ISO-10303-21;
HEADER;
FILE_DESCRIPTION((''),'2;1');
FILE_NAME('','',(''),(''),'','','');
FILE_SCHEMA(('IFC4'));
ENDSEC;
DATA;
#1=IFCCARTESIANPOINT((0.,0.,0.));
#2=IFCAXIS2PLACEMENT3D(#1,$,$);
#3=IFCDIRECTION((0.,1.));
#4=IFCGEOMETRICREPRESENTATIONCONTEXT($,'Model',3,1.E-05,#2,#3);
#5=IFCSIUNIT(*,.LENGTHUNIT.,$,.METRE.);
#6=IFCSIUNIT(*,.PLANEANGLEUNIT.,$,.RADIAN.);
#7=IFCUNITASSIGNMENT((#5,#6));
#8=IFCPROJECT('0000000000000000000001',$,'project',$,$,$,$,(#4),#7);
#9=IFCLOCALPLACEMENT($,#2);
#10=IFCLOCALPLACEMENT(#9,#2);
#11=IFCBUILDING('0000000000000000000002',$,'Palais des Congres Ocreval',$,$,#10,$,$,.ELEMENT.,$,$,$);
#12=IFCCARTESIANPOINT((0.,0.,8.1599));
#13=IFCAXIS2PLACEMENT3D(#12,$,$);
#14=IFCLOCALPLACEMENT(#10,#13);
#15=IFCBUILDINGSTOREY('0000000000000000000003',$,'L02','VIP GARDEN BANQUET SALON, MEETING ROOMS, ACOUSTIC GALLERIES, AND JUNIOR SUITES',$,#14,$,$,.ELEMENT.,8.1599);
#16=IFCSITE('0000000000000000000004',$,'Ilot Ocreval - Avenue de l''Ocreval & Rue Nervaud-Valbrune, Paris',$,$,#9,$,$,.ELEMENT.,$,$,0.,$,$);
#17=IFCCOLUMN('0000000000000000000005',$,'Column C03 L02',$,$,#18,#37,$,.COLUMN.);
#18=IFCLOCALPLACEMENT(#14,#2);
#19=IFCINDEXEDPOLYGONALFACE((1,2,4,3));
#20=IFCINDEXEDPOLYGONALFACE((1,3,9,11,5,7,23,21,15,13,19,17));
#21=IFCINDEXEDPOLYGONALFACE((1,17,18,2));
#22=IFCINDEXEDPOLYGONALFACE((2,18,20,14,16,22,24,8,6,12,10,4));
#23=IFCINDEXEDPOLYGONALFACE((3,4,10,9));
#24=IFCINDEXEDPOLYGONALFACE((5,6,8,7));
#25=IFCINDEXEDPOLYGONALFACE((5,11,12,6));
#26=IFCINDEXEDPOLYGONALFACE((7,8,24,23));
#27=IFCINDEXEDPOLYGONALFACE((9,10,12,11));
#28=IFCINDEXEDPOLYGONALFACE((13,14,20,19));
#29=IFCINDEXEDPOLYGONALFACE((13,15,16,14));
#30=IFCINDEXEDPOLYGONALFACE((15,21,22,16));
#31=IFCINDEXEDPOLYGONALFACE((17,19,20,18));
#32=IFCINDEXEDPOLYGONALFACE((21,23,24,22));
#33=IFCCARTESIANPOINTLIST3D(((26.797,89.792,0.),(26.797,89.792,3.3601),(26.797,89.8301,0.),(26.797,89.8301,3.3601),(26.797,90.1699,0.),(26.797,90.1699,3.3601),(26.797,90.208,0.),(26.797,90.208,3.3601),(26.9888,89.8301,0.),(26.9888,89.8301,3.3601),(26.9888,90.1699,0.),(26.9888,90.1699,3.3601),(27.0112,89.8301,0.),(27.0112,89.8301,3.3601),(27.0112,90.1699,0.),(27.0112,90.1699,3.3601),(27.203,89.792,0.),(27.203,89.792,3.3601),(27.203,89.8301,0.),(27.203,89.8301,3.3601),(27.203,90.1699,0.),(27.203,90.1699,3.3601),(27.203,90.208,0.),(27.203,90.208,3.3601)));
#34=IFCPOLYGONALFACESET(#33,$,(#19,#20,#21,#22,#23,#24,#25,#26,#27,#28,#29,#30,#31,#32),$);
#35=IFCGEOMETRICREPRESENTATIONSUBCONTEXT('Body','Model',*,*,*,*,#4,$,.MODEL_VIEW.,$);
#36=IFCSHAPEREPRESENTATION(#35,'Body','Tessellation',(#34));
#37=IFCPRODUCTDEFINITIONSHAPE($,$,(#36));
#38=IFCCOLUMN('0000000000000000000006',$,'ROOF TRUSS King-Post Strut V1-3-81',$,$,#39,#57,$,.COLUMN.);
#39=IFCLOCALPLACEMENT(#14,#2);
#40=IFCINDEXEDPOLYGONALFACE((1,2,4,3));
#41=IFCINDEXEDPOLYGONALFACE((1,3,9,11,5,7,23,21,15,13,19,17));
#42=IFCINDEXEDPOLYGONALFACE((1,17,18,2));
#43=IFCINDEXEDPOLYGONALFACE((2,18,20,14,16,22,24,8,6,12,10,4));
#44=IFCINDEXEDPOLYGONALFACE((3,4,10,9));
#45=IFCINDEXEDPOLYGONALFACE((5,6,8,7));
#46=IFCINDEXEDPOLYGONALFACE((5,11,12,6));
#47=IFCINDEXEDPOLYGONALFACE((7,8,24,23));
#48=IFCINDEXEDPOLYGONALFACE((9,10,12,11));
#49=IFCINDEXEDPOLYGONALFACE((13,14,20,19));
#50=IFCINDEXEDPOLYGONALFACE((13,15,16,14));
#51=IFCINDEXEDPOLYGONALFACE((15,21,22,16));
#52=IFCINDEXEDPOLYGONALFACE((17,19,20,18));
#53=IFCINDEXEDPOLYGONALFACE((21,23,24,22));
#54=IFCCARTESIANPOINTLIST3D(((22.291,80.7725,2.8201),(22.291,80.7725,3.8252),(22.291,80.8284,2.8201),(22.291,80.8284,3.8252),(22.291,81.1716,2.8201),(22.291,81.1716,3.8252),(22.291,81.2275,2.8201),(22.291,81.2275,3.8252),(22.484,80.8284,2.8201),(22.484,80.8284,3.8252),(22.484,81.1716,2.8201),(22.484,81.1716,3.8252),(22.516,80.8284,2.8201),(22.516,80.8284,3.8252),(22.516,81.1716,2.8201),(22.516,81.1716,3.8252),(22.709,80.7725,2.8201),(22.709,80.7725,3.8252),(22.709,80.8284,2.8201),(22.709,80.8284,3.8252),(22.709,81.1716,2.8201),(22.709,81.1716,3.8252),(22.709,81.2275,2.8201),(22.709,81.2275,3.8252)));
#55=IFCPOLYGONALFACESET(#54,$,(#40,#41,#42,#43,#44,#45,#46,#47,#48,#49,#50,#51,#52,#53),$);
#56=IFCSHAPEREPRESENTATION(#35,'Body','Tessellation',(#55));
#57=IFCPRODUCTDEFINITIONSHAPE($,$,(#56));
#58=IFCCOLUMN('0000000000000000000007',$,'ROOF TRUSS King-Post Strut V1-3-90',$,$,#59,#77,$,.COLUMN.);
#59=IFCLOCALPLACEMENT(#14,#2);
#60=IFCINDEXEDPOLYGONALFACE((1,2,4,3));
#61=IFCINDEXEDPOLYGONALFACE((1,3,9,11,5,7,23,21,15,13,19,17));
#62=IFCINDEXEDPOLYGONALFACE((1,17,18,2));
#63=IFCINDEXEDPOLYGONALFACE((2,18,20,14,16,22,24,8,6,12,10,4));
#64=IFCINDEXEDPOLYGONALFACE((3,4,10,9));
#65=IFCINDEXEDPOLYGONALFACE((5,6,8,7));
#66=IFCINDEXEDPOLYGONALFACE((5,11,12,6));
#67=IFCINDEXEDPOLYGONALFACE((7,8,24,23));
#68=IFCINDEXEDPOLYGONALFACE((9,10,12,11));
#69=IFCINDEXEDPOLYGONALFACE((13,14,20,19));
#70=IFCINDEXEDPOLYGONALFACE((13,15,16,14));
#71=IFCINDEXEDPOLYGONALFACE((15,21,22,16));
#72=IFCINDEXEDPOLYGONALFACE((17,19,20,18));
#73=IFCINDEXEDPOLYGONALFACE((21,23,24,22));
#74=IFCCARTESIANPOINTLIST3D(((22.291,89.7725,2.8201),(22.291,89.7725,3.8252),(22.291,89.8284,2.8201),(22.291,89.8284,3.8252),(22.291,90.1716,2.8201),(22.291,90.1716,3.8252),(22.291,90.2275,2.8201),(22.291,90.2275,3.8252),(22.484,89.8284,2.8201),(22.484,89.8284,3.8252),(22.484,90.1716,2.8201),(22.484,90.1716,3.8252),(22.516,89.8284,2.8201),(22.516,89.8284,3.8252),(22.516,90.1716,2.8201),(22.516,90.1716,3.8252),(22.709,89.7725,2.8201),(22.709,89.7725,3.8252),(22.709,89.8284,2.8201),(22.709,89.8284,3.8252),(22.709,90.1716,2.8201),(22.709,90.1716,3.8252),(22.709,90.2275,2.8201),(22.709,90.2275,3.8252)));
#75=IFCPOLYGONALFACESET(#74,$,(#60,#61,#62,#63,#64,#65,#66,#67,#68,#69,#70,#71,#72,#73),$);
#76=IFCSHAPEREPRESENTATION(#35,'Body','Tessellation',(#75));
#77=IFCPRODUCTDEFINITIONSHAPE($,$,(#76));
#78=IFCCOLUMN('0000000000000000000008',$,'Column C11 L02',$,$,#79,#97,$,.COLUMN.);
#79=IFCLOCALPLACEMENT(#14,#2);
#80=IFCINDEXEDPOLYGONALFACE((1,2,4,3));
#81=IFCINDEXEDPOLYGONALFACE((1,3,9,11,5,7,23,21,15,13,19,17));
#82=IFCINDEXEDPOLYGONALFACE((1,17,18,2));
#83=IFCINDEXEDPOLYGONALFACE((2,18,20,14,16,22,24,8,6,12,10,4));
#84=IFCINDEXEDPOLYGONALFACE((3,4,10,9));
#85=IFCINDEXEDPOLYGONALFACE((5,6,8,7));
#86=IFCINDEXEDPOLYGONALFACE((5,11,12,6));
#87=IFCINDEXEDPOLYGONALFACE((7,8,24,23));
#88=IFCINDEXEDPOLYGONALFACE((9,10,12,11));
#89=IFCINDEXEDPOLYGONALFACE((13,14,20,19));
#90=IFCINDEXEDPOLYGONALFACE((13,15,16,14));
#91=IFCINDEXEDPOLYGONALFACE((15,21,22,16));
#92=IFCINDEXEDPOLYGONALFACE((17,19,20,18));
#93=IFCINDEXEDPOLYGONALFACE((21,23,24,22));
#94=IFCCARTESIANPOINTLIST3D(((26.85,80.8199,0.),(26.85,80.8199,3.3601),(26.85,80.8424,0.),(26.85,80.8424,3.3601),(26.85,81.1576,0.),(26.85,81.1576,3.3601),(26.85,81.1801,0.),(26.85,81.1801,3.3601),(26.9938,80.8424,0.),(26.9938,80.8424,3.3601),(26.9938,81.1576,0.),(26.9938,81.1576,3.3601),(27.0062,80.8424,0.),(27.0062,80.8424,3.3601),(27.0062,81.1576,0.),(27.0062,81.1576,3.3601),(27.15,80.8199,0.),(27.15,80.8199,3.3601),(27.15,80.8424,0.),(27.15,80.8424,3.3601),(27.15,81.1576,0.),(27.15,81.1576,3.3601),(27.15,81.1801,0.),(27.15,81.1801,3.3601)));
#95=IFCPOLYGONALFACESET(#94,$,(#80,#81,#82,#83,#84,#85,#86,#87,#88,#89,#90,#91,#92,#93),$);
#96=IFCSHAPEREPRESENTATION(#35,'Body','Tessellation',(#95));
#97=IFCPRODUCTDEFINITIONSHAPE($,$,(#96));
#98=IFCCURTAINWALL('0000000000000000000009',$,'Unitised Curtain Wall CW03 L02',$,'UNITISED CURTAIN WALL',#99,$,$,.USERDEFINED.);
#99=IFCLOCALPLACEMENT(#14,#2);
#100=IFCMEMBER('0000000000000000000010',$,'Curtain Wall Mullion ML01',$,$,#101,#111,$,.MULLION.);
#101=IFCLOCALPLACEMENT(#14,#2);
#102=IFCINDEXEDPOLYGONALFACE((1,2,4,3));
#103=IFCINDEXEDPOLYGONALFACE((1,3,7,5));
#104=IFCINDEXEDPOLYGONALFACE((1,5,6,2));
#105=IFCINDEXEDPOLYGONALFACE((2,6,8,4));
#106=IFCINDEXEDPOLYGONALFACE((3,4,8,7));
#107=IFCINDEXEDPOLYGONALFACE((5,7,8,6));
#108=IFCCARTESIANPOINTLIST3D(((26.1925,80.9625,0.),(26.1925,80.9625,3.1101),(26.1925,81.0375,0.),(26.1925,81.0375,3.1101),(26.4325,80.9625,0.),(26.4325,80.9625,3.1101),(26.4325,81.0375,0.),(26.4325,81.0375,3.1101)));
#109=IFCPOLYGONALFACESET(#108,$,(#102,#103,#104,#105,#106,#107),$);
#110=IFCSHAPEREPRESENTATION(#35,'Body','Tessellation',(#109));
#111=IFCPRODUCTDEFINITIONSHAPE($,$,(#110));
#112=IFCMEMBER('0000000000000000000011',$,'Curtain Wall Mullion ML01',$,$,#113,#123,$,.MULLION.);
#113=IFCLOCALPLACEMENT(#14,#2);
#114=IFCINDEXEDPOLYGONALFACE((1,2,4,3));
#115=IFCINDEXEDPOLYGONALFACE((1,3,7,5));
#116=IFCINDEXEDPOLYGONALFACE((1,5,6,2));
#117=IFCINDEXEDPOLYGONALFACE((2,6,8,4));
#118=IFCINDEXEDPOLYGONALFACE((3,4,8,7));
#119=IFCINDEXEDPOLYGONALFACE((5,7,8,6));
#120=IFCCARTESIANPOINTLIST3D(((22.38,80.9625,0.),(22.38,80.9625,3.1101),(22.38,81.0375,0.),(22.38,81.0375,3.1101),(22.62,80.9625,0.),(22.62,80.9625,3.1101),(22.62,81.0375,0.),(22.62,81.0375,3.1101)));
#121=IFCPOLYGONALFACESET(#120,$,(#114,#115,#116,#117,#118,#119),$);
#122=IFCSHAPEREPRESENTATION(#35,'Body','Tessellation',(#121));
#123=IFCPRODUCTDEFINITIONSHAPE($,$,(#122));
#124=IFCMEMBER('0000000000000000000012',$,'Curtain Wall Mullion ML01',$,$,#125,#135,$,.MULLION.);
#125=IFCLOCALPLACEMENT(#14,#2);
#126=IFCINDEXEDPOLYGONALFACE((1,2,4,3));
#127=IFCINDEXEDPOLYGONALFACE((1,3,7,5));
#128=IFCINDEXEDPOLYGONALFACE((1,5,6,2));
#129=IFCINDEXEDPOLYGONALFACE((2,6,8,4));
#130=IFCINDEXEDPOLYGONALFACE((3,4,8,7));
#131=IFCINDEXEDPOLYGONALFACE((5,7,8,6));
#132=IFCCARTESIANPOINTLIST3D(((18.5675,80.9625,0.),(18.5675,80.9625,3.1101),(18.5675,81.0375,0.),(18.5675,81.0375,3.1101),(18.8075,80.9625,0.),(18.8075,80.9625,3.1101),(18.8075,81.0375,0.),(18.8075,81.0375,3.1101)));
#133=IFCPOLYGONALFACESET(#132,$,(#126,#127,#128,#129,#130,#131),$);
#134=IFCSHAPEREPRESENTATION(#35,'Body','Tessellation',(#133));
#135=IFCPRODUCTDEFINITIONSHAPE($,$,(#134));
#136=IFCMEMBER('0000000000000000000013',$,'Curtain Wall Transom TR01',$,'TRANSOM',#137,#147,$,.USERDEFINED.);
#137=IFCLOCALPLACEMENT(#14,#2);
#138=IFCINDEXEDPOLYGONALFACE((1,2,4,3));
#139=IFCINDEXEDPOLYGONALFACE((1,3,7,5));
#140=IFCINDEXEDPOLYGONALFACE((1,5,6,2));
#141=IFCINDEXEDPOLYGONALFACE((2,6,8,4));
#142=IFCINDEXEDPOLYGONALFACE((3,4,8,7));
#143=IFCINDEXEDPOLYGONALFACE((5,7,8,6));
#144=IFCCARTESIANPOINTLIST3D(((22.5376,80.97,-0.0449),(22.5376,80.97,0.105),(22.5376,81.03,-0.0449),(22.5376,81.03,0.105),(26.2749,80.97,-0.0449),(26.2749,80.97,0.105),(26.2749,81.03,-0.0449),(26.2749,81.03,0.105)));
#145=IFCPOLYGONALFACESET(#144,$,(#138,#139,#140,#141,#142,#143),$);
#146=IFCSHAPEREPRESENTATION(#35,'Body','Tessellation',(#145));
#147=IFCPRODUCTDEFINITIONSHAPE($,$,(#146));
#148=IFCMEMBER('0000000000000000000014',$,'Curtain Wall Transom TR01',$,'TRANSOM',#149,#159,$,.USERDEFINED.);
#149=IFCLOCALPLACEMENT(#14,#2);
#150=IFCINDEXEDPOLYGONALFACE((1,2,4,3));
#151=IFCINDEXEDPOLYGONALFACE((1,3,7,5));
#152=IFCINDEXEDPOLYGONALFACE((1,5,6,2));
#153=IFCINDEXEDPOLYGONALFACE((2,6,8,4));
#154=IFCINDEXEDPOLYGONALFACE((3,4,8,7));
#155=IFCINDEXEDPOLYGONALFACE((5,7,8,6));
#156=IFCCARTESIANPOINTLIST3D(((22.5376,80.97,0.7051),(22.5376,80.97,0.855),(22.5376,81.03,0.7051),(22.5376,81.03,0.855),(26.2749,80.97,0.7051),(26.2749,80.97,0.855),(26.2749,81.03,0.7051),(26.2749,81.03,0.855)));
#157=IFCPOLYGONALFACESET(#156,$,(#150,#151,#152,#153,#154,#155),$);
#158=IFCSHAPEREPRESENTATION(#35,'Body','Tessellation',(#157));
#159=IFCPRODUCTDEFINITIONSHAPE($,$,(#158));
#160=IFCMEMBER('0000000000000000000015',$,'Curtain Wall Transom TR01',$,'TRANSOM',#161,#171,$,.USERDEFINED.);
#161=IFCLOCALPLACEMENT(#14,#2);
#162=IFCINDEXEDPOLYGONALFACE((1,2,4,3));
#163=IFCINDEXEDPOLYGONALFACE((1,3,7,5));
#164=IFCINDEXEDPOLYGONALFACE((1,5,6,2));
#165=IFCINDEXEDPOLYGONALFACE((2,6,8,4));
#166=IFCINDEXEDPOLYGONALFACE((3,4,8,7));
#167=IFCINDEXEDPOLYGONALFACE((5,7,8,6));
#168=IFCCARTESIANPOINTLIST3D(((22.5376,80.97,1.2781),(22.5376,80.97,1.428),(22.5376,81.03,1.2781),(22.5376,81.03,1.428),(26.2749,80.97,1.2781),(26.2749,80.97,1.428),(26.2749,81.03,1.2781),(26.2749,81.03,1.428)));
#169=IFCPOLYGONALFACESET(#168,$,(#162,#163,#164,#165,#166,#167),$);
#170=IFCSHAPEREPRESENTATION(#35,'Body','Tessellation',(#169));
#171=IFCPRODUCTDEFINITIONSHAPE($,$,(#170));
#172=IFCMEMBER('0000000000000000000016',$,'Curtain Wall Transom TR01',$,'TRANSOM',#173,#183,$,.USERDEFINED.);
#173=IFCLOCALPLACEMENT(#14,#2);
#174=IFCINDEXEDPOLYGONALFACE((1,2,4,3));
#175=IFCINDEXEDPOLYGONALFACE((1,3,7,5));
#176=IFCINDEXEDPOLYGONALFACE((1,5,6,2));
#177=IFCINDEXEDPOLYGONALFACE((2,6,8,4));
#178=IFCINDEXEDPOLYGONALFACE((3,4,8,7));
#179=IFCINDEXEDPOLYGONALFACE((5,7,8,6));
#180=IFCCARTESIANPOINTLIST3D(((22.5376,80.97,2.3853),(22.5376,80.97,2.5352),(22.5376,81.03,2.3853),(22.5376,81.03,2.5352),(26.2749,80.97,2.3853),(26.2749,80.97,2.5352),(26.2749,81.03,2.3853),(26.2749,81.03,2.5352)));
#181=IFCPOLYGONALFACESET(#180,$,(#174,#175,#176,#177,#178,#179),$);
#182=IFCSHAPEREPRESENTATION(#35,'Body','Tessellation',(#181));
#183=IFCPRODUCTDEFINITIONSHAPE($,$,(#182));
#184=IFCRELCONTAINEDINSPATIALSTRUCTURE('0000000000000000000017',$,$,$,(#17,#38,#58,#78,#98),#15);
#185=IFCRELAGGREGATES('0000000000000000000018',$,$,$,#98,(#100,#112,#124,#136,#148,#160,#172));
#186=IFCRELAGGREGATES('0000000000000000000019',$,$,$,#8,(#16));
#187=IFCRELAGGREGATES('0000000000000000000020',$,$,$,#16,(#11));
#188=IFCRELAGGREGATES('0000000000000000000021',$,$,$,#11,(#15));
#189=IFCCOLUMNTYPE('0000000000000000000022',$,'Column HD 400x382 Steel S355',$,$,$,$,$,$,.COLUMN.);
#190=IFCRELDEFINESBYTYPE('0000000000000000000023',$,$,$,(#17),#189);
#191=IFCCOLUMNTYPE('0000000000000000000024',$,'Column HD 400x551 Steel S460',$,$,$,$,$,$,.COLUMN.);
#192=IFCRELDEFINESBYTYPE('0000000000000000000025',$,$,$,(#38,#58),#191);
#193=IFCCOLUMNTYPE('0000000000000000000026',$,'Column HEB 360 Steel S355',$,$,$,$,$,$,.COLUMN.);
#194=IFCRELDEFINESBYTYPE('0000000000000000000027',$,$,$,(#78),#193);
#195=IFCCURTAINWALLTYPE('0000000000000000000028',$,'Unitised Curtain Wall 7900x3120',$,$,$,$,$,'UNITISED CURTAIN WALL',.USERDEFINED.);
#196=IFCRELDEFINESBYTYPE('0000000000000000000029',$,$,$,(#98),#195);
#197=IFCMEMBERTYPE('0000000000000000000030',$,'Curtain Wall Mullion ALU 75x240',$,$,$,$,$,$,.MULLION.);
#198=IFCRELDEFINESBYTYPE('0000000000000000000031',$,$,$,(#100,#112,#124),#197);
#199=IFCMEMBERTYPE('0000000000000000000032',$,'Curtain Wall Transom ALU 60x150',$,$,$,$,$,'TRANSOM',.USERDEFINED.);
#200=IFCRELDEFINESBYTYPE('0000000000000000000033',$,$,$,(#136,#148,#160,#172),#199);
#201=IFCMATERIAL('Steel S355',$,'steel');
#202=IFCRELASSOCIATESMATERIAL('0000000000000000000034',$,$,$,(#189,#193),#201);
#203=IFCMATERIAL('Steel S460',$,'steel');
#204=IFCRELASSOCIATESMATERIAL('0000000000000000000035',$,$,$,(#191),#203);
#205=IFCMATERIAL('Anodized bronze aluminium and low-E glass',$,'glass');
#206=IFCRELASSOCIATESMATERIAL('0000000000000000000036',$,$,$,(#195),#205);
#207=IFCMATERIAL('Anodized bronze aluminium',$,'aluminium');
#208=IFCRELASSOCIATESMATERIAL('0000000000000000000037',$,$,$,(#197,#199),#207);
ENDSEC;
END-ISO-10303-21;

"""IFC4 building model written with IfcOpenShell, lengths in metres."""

from ifc_helpers import new_model, si_unit, direction, frame, origin, origin_2d, place, context, subcontext, project, spatial, rectangle, i_section, extrude, material, material_profile, profile_set, type_object, element, aggregate, save


model = new_model("IFC4")

# Units and contexts
model_context = context("Model", 3, precision=1e-05, world=origin(), true_north=direction((0.0, 1.0)))
body_context = subcontext(model_context, "Body", "Model", "MODEL_VIEW")
ifc_project = project(units=[si_unit("LENGTHUNIT", "METRE"), si_unit("PLANEANGLEUNIT", "RADIAN")], contexts=[model_context])

# Site, building, storey
site_placement = place(None, origin())
site = spatial("IfcSite", under=ifc_project, at=site_placement, Name="Ilot Ocreval - Avenue de l'Ocreval & Rue Nervaud-Valbrune, Paris", CompositionType="ELEMENT", RefElevation=0.0)
building_placement = place(site_placement, origin())
building = spatial("IfcBuilding", under=site, at=building_placement, Name="Palais des Congres Ocreval", CompositionType="ELEMENT")
storey_placement = place(building_placement, frame((0.0, 0.0, 8.1599)))
storey = spatial("IfcBuildingStorey", under=building, at=storey_placement, Name="L02", Description="VIP GARDEN BANQUET SALON, MEETING ROOMS, ACOUSTIC GALLERIES, AND JUNIOR SUITES", CompositionType="ELEMENT", Elevation=8.1599)

# Columns
ifc_material_1 = material(Name="Steel S355", Category="steel")
ifc_material_profile_1 = material_profile(ifc_material_1, i_section(OverallWidth=0.406, OverallDepth=0.416, WebThickness=0.0225, FlangeThickness=0.0381, at=origin_2d()), Name="HD 400x382")
ifc_profile_set_1 = profile_set([ifc_material_profile_1], Name="Steel S355")
column_type_1 = type_object("IfcColumnType", Name="Column HD 400x382 Steel S355", PredefinedType="COLUMN", material=ifc_profile_set_1)
column_1_placement = place(storey_placement, frame((27.0, 90.0, 0.0), z_axis=(0.0, 0.0, 1.0), x_axis=(1.0, 0.0, 0.0)))
element("IfcColumn", 1, at=column_1_placement, inside=storey, type_object=column_type_1, Name="Column C03 L02", PredefinedType="COLUMN", context=body_context, shape_type="SweptSolid", body=[
    extrude(i_section(OverallWidth=0.406, OverallDepth=0.416, WebThickness=0.0225, FlangeThickness=0.0381, at=origin_2d()), origin(), (0.0, 0.0, 1.0), 3.3601),
])
ifc_material_2 = material(Name="Steel S460", Category="steel")
ifc_material_profile_2 = material_profile(ifc_material_2, i_section(OverallWidth=0.418, OverallDepth=0.4551, WebThickness=0.032, FlangeThickness=0.0559, at=origin_2d()), Name="HD 400x551")
ifc_profile_set_2 = profile_set([ifc_material_profile_2], Name="Steel S460")
column_type_2 = type_object("IfcColumnType", Name="Column HD 400x551 Steel S460", PredefinedType="COLUMN", material=ifc_profile_set_2)
for number, where, z_axis, x_axis, name in (
    (2, (22.5, 81.0, 2.8201), (0.0, 0.0, 1.0), (1.0, 0.0, 0.0), "ROOF TRUSS King-Post Strut V1-3-81"),
    (3, (22.5, 90.0, 2.8201), (0.0, 0.0, 1.0), (1.0, 0.0, 0.0), "ROOF TRUSS King-Post Strut V1-3-90"),
):
    element("IfcColumn", number, at=place(storey_placement, frame(where, z_axis=z_axis, x_axis=x_axis)), inside=storey, type_object=column_type_2, Name=name, PredefinedType="COLUMN", context=body_context, shape_type="SweptSolid", body=[
        extrude(i_section(OverallWidth=0.418, OverallDepth=0.4551, WebThickness=0.032, FlangeThickness=0.0559, at=origin_2d()), origin(), (0.0, 0.0, 1.0), 1.0051),
    ])
ifc_material_profile_3 = material_profile(ifc_material_1, i_section(OverallWidth=0.3, OverallDepth=0.3601, WebThickness=0.0125, FlangeThickness=0.0225, at=origin_2d()), Name="HEB 360")
ifc_profile_set_3 = profile_set([ifc_material_profile_3], Name="Steel S355")
column_type_3 = type_object("IfcColumnType", Name="Column HEB 360 Steel S355", PredefinedType="COLUMN", material=ifc_profile_set_3)
column_2_placement = place(storey_placement, frame((27.0, 81.0, 0.0), z_axis=(0.0, 0.0, 1.0), x_axis=(1.0, 0.0, 0.0)))
element("IfcColumn", 4, at=column_2_placement, inside=storey, type_object=column_type_3, Name="Column C11 L02", PredefinedType="COLUMN", context=body_context, shape_type="SweptSolid", body=[
    extrude(i_section(OverallWidth=0.3, OverallDepth=0.3601, WebThickness=0.0125, FlangeThickness=0.0225, at=origin_2d()), origin(), (0.0, 0.0, 1.0), 3.3601),
])

# Curtain wall, members
ifc_material_3 = material(Name="Anodized bronze aluminium and low-E glass", Category="glass")
curtain_wall_type = type_object("IfcCurtainWallType", Name="Unitised Curtain Wall 7900x3120", ElementType="UNITISED CURTAIN WALL", PredefinedType="USERDEFINED", material=ifc_material_3)
curtain_wall_placement = place(storey_placement, origin())
curtain_wall = element("IfcCurtainWall", 5, at=curtain_wall_placement, inside=storey, type_object=curtain_wall_type, Name="Unitised Curtain Wall CW03 L02", ObjectType="UNITISED CURTAIN WALL", PredefinedType="USERDEFINED")
ifc_material_4 = material(Name="Anodized bronze aluminium", Category="aluminium")
ifc_material_profile_4 = material_profile(ifc_material_4, rectangle(XDim=0.075, YDim=0.24, at=origin_2d()), Name="ALU 75x240")
ifc_profile_set_4 = profile_set([ifc_material_profile_4], Name="Anodized bronze aluminium")
member_type_1 = type_object("IfcMemberType", Name="Curtain Wall Mullion ALU 75x240", PredefinedType="MULLION", material=ifc_profile_set_4)
member_1_placement = place(storey_placement, frame((26.3125, 81.0, 0.0), z_axis=(0.0, 0.0, 1.0), x_axis=(0.0, -1.0, 0.0)))
member_1 = element("IfcMember", 6, at=member_1_placement, type_object=member_type_1, Name="Curtain Wall Mullion ML01", PredefinedType="MULLION", context=body_context, shape_type="SweptSolid", body=[
    extrude(rectangle(XDim=0.075, YDim=0.24, at=origin_2d()), origin(), (0.0, 0.0, 1.0), 3.1101),
])
member_2_placement = place(storey_placement, frame((22.5, 81.0, 0.0), z_axis=(0.0, 0.0, 1.0), x_axis=(0.0, -1.0, 0.0)))
member_2 = element("IfcMember", 7, at=member_2_placement, type_object=member_type_1, Name="Curtain Wall Mullion ML01", PredefinedType="MULLION", context=body_context, shape_type="SweptSolid", body=[
    extrude(rectangle(XDim=0.075, YDim=0.24, at=origin_2d()), origin(), (0.0, 0.0, 1.0), 3.1101),
])
member_3_placement = place(storey_placement, frame((18.6875, 81.0, 0.0), z_axis=(0.0, 0.0, 1.0), x_axis=(0.0, -1.0, 0.0)))
member_3 = element("IfcMember", 8, at=member_3_placement, type_object=member_type_1, Name="Curtain Wall Mullion ML01", PredefinedType="MULLION", context=body_context, shape_type="SweptSolid", body=[
    extrude(rectangle(XDim=0.075, YDim=0.24, at=origin_2d()), origin(), (0.0, 0.0, 1.0), 3.1101),
])
ifc_material_profile_5 = material_profile(ifc_material_4, rectangle(XDim=0.0601, YDim=0.1499, at=origin_2d()), Name="ALU 60x150")
ifc_profile_set_5 = profile_set([ifc_material_profile_5], Name="Anodized bronze aluminium")
member_type_2 = type_object("IfcMemberType", Name="Curtain Wall Transom ALU 60x150", ElementType="TRANSOM", PredefinedType="USERDEFINED", material=ifc_profile_set_5)
member_4_placement = place(storey_placement, frame((26.2749, 81.0, 0.03), z_axis=(-1.0, 0.0, 0.0), x_axis=(0.0, -1.0, 0.0)))
member_4 = element("IfcMember", 9, at=member_4_placement, type_object=member_type_2, Name="Curtain Wall Transom TR01", ObjectType="TRANSOM", PredefinedType="USERDEFINED", context=body_context, shape_type="SweptSolid", body=[
    extrude(rectangle(XDim=0.0601, YDim=0.1499, at=origin_2d()), origin(), (0.0, 0.0, 1.0), 3.7373),
])
member_5_placement = place(storey_placement, frame((26.2749, 81.0, 0.78), z_axis=(-1.0, 0.0, 0.0), x_axis=(0.0, -1.0, 0.0)))
member_5 = element("IfcMember", 10, at=member_5_placement, type_object=member_type_2, Name="Curtain Wall Transom TR01", ObjectType="TRANSOM", PredefinedType="USERDEFINED", context=body_context, shape_type="SweptSolid", body=[
    extrude(rectangle(XDim=0.0601, YDim=0.1499, at=origin_2d()), origin(), (0.0, 0.0, 1.0), 3.7373),
])
member_6_placement = place(storey_placement, frame((26.2749, 81.0, 1.353), z_axis=(-1.0, 0.0, 0.0), x_axis=(0.0, -1.0, 0.0)))
member_6 = element("IfcMember", 11, at=member_6_placement, type_object=member_type_2, Name="Curtain Wall Transom TR01", ObjectType="TRANSOM", PredefinedType="USERDEFINED", context=body_context, shape_type="SweptSolid", body=[
    extrude(rectangle(XDim=0.0601, YDim=0.1499, at=origin_2d()), origin(), (0.0, 0.0, 1.0), 3.7373),
])
member_7_placement = place(storey_placement, frame((26.2749, 81.0, 2.4602), z_axis=(-1.0, 0.0, 0.0), x_axis=(0.0, -1.0, 0.0)))
member_7 = element("IfcMember", 12, at=member_7_placement, type_object=member_type_2, Name="Curtain Wall Transom TR01", ObjectType="TRANSOM", PredefinedType="USERDEFINED", context=body_context, shape_type="SweptSolid", body=[
    extrude(rectangle(XDim=0.0601, YDim=0.1499, at=origin_2d()), origin(), (0.0, 0.0, 1.0), 3.7373),
])

aggregate(curtain_wall, [member_1, member_2, member_3, member_4, member_5, member_6, member_7])

save(model, "model.ifc")
